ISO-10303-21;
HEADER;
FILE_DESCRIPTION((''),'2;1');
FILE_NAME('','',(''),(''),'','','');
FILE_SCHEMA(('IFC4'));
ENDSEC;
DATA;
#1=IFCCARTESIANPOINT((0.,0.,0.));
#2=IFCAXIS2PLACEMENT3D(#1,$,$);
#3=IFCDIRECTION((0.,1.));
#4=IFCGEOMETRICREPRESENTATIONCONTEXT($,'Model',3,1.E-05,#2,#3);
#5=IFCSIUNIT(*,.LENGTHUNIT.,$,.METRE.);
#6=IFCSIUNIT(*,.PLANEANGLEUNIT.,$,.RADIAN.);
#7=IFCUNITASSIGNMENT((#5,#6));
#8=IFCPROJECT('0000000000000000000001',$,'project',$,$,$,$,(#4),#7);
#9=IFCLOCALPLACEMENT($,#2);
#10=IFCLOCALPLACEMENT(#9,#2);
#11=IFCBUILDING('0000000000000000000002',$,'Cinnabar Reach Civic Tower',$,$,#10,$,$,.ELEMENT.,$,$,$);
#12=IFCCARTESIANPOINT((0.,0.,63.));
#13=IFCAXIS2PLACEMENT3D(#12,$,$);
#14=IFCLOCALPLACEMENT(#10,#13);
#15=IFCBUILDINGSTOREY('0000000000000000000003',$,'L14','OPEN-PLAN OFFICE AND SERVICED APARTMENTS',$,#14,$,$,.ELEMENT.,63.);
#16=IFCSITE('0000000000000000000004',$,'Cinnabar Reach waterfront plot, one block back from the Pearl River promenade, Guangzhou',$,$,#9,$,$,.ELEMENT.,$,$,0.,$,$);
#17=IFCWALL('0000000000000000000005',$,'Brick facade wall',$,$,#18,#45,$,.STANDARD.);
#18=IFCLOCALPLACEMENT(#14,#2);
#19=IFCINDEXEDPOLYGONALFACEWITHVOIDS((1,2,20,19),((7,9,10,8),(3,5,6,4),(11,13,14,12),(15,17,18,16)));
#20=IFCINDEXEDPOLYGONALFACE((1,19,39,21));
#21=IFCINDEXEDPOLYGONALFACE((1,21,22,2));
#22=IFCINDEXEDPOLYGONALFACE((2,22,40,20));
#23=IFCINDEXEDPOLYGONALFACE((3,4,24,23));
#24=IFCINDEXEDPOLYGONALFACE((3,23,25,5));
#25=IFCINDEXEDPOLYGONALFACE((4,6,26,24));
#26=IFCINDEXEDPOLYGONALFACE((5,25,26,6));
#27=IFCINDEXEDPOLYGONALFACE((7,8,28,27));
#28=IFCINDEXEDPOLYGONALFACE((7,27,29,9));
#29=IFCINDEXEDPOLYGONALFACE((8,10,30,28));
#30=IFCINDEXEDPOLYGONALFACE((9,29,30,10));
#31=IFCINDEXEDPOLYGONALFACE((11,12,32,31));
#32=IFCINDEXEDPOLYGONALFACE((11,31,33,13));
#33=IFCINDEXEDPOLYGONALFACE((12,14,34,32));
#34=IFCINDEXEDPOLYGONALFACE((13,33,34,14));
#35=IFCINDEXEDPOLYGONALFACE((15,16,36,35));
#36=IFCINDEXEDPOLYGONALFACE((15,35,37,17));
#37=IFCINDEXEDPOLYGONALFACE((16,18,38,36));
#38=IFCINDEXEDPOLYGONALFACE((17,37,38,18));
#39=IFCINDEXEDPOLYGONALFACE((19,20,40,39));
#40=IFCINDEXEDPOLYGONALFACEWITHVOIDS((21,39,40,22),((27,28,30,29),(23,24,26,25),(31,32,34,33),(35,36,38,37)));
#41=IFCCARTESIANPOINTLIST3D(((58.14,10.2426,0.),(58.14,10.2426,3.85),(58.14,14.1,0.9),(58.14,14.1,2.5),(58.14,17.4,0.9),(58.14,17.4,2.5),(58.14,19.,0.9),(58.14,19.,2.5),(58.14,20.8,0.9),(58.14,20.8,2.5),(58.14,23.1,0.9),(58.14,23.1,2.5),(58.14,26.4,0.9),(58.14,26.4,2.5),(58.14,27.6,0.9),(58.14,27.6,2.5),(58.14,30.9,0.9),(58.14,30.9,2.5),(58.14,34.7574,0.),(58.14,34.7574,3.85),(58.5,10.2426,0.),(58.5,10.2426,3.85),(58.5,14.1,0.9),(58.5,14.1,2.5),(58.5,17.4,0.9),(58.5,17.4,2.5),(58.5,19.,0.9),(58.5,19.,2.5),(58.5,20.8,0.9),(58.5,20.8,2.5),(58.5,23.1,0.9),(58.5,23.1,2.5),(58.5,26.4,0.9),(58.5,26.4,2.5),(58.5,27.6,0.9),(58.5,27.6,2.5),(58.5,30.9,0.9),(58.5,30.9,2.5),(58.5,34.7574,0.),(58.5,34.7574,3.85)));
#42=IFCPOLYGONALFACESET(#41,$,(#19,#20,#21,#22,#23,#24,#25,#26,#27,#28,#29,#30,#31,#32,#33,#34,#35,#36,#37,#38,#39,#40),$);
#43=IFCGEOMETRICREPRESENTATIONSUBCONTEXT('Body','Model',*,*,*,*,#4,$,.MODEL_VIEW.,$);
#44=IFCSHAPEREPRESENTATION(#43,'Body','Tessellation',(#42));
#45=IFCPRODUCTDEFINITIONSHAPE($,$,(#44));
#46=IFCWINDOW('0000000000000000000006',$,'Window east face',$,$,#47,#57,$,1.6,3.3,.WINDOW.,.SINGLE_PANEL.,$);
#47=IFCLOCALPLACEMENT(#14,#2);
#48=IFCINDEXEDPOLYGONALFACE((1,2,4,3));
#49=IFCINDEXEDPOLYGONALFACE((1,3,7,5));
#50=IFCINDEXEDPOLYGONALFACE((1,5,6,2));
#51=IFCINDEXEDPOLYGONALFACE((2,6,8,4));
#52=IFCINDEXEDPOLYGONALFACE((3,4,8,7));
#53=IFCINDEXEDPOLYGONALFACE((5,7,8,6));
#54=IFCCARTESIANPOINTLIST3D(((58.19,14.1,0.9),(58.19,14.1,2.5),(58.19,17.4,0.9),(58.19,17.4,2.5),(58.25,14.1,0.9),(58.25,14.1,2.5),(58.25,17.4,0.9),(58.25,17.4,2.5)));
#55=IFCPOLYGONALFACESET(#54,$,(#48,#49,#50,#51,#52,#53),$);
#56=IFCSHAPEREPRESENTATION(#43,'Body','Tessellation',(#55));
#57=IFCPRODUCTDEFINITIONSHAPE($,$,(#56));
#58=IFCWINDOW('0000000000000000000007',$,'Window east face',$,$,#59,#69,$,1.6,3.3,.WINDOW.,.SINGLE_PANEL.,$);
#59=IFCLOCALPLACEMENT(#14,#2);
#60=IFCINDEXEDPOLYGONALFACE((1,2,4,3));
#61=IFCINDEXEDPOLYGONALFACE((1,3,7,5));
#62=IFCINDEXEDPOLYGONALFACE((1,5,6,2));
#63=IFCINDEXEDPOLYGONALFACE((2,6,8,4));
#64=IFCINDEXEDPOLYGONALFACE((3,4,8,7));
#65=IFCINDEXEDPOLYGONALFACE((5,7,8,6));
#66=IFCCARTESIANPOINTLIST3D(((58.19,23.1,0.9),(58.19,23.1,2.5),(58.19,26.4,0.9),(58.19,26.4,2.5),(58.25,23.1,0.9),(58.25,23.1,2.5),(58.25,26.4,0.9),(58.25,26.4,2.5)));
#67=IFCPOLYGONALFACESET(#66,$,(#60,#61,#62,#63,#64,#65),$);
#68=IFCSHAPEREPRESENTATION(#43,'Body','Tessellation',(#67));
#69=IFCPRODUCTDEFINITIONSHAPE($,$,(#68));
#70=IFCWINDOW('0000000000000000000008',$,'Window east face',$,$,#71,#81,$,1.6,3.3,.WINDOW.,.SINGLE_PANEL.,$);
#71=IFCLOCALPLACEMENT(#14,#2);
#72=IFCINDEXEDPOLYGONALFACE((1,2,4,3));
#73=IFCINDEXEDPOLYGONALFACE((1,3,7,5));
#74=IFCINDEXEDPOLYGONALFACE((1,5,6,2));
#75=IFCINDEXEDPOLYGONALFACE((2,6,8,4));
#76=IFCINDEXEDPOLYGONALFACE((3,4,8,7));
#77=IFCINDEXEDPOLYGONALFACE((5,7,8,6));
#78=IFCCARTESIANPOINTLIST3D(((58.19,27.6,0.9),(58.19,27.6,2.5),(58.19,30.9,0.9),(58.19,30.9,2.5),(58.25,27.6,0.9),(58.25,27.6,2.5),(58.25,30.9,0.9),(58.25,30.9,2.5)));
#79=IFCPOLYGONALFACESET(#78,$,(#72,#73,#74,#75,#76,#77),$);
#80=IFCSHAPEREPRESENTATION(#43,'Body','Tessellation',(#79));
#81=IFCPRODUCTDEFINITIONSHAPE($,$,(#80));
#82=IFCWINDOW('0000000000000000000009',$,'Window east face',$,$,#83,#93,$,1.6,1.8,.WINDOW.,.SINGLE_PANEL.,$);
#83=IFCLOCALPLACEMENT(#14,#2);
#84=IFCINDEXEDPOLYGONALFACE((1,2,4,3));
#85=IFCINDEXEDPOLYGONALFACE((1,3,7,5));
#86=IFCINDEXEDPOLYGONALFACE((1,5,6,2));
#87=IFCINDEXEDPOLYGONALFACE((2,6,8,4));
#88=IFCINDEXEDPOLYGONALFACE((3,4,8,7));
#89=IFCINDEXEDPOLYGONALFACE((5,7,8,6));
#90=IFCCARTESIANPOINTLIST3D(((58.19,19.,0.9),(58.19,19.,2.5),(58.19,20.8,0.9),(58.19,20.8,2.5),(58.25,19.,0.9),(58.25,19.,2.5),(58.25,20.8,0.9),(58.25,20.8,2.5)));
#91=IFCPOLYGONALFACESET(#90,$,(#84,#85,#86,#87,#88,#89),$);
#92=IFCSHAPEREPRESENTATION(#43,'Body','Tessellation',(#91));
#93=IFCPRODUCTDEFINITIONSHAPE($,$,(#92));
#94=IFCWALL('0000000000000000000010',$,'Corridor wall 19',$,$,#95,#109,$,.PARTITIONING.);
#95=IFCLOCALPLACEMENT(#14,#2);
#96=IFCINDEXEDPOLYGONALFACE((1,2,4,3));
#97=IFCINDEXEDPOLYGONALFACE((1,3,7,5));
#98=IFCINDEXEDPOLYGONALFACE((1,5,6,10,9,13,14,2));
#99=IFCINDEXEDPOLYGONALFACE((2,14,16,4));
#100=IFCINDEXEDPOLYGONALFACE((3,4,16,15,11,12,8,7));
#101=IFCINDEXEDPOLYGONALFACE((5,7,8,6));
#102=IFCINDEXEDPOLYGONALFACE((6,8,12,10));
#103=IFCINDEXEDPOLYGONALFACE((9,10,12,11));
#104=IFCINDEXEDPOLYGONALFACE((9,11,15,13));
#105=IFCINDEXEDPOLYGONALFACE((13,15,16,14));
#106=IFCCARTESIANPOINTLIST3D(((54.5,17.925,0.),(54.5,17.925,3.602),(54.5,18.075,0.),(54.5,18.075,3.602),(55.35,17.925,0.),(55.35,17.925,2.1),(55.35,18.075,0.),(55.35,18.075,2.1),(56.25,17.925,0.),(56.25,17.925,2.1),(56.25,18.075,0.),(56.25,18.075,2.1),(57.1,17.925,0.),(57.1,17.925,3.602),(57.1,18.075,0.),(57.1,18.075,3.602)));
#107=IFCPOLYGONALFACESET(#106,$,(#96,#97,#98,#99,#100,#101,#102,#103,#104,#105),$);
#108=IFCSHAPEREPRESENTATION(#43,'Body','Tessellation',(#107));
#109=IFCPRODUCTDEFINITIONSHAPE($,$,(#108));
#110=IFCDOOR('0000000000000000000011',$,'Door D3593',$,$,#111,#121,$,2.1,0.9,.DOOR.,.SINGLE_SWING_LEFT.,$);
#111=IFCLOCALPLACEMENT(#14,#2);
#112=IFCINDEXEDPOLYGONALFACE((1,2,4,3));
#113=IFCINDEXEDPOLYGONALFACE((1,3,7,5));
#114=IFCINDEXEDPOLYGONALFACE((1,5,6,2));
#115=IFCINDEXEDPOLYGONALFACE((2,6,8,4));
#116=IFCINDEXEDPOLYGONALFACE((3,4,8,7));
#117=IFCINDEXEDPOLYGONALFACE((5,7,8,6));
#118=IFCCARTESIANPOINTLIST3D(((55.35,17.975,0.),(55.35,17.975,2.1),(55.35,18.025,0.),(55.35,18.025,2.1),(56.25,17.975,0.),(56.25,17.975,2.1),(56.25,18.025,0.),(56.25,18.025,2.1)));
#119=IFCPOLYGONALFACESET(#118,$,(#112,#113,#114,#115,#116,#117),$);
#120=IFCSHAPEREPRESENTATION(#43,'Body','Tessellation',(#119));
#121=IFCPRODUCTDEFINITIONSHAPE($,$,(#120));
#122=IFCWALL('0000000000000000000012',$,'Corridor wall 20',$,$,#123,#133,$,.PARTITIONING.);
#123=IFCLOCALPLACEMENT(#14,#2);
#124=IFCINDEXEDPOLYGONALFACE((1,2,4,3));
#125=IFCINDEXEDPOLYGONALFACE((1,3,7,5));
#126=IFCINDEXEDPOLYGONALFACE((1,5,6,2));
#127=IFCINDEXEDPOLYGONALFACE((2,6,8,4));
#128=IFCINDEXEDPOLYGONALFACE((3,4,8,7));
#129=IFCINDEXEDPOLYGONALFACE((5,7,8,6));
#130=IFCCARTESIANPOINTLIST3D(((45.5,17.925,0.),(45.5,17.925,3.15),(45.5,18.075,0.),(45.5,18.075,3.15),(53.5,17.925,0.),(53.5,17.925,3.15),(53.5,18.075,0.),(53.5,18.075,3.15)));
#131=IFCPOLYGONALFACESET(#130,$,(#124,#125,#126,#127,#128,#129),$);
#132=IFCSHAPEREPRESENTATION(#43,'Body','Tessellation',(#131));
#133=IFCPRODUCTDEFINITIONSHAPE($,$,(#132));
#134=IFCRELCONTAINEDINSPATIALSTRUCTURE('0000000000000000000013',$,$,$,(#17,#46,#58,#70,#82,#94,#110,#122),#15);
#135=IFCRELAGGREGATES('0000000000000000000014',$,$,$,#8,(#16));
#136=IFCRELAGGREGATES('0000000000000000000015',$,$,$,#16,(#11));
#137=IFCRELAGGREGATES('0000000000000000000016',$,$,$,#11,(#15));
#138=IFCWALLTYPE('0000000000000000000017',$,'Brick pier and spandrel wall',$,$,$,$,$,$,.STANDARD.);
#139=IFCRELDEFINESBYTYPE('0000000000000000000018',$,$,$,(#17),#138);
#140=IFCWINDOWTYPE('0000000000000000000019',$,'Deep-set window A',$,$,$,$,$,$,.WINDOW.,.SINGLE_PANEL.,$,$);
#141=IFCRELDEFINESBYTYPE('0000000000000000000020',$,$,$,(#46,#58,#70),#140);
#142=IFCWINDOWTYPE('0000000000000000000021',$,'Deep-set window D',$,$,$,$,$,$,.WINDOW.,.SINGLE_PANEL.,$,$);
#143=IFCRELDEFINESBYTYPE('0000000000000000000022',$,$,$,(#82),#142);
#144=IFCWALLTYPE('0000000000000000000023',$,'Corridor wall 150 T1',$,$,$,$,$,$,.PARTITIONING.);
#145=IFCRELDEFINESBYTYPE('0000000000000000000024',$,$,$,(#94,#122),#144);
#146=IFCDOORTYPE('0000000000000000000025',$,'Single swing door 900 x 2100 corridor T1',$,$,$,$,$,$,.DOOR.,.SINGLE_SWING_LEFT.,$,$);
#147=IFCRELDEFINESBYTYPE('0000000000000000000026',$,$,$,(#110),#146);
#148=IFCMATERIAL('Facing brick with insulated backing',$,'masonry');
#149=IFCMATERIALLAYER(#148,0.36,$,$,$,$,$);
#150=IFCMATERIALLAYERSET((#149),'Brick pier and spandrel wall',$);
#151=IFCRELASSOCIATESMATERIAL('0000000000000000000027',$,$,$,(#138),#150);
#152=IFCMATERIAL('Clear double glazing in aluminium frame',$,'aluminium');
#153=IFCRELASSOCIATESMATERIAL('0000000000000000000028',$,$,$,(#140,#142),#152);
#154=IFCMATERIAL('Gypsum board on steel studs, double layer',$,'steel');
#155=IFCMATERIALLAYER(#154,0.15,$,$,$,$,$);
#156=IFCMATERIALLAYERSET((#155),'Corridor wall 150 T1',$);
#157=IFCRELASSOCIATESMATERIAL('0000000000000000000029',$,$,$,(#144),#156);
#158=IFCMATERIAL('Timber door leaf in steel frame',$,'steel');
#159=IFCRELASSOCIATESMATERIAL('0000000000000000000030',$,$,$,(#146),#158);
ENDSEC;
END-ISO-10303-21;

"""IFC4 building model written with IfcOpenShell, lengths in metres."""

from ifc_helpers import new_model, si_unit, direction, frame, frame_2d, origin, place, context, subcontext, project, spatial, rectangle, extrude, material, layer, layer_set, type_object, element, fill, save


model = new_model("IFC4")

# Units and contexts
model_context = context("Model", 3, precision=1e-05, world=origin(), true_north=direction((0.0, 1.0)))
body_context = subcontext(model_context, "Body", "Model", "MODEL_VIEW")
ifc_project = project(units=[si_unit("LENGTHUNIT", "METRE"), si_unit("PLANEANGLEUNIT", "RADIAN")], contexts=[model_context])

# Site, building, storey
site_placement = place(None, origin())
site = spatial("IfcSite", under=ifc_project, at=site_placement, Name="Cinnabar Reach waterfront plot, one block back from the Pearl River promenade, Guangzhou", CompositionType="ELEMENT", RefElevation=0.0)
building_placement = place(site_placement, origin())
building = spatial("IfcBuilding", under=site, at=building_placement, Name="Cinnabar Reach Civic Tower", CompositionType="ELEMENT")
storey_placement = place(building_placement, frame((0.0, 0.0, 63.0)))
storey = spatial("IfcBuildingStorey", under=building, at=storey_placement, Name="L14", Description="OPEN-PLAN OFFICE AND SERVICED APARTMENTS", CompositionType="ELEMENT", Elevation=63.0)

# Shared definitions
ifc_material_1 = material(Name="Facing brick with insulated backing", Category="masonry")

# Wall, openings, windows
ifc_layer_1 = layer(ifc_material_1, 0.36)
ifc_layer_set_1 = layer_set([ifc_layer_1], Name="Brick pier and spandrel wall")
wall_type_1 = type_object("IfcWallType", Name="Brick pier and spandrel wall", PredefinedType="STANDARD", material=ifc_layer_set_1)
wall_1_placement = place(storey_placement, frame((58.32, 10.2426, 0.0), z_axis=(0.0, 0.0, 1.0), x_axis=(0.0, 1.0, 0.0)))
wall_1 = element("IfcWall", 1, at=wall_1_placement, inside=storey, type_object=wall_type_1, Name="Brick facade wall", PredefinedType="STANDARD", context=body_context, shape_type="SweptSolid", body=[
    extrude(rectangle(XDim=24.5148, YDim=0.36, at=frame_2d((12.2574, 0.0))), origin(), (0.0, 0.0, 1.0), 3.85),
])
opening_1_placement = place(wall_1_placement, frame((3.8574, 0.0, 0.9)))
opening_1 = element("IfcOpeningElement", 2, at=opening_1_placement, cuts=wall_1, PredefinedType="OPENING", context=body_context, shape_type="SweptSolid", body=[
    extrude(rectangle(XDim=3.3, YDim=1.6, at=frame_2d((1.65, 0.8))), frame((0.0, 0.19, 0.0), z_axis=(0.0, -1.0, 0.0), x_axis=(1.0, 0.0, 0.0)), (0.0, 0.0, 1.0), 0.38),
])
opening_2_placement = place(wall_1_placement, frame((8.7574, 0.0, 0.9)))
opening_2 = element("IfcOpeningElement", 3, at=opening_2_placement, cuts=wall_1, PredefinedType="OPENING", context=body_context, shape_type="SweptSolid", body=[
    extrude(rectangle(XDim=1.8, YDim=1.6, at=frame_2d((0.9, 0.8))), frame((0.0, 0.19, 0.0), z_axis=(0.0, -1.0, 0.0), x_axis=(1.0, 0.0, 0.0)), (0.0, 0.0, 1.0), 0.38),
])
opening_3_placement = place(wall_1_placement, frame((12.8574, 0.0, 0.9)))
opening_3 = element("IfcOpeningElement", 4, at=opening_3_placement, cuts=wall_1, PredefinedType="OPENING", context=body_context, shape_type="SweptSolid", body=[
    extrude(rectangle(XDim=3.3, YDim=1.6, at=frame_2d((1.65, 0.8))), frame((0.0, 0.19, 0.0), z_axis=(0.0, -1.0, 0.0), x_axis=(1.0, 0.0, 0.0)), (0.0, 0.0, 1.0), 0.38),
])
opening_4_placement = place(wall_1_placement, frame((17.3574, 0.0, 0.9)))
opening_4 = element("IfcOpeningElement", 5, at=opening_4_placement, cuts=wall_1, PredefinedType="OPENING", context=body_context, shape_type="SweptSolid", body=[
    extrude(rectangle(XDim=3.3, YDim=1.6, at=frame_2d((1.65, 0.8))), frame((0.0, 0.19, 0.0), z_axis=(0.0, -1.0, 0.0), x_axis=(1.0, 0.0, 0.0)), (0.0, 0.0, 1.0), 0.38),
])
ifc_material_2 = material(Name="Clear double glazing in aluminium frame", Category="aluminium")
window_type_1 = type_object("IfcWindowType", Name="Deep-set window A", PartitioningType="SINGLE_PANEL", PredefinedType="WINDOW", material=ifc_material_2)
window_1_placement = place(opening_1_placement, origin())
window_1 = element("IfcWindow", 6, at=window_1_placement, inside=storey, type_object=window_type_1, Name="Window east face", OverallHeight=1.6, OverallWidth=3.3, PartitioningType="SINGLE_PANEL", PredefinedType="WINDOW", context=body_context, shape_type="SweptSolid", body=[
    extrude(rectangle(XDim=3.3, YDim=1.6, at=frame_2d((1.65, 0.8))), frame((0.0, 0.13, 0.0), z_axis=(0.0, -1.0, 0.0), x_axis=(1.0, 0.0, 0.0)), (0.0, 0.0, 1.0), 0.06),
])
fill(opening_1, window_1)
window_2_placement = place(opening_3_placement, origin())
window_2 = element("IfcWindow", 7, at=window_2_placement, inside=storey, type_object=window_type_1, Name="Window east face", OverallHeight=1.6, OverallWidth=3.3, PartitioningType="SINGLE_PANEL", PredefinedType="WINDOW", context=body_context, shape_type="SweptSolid", body=[
    extrude(rectangle(XDim=3.3, YDim=1.6, at=frame_2d((1.65, 0.8))), frame((0.0, 0.13, 0.0), z_axis=(0.0, -1.0, 0.0), x_axis=(1.0, 0.0, 0.0)), (0.0, 0.0, 1.0), 0.06),
])
fill(opening_3, window_2)
window_3_placement = place(opening_4_placement, origin())
window_3 = element("IfcWindow", 8, at=window_3_placement, inside=storey, type_object=window_type_1, Name="Window east face", OverallHeight=1.6, OverallWidth=3.3, PartitioningType="SINGLE_PANEL", PredefinedType="WINDOW", context=body_context, shape_type="SweptSolid", body=[
    extrude(rectangle(XDim=3.3, YDim=1.6, at=frame_2d((1.65, 0.8))), frame((0.0, 0.13, 0.0), z_axis=(0.0, -1.0, 0.0), x_axis=(1.0, 0.0, 0.0)), (0.0, 0.0, 1.0), 0.06),
])
fill(opening_4, window_3)
window_type_2 = type_object("IfcWindowType", Name="Deep-set window D", PartitioningType="SINGLE_PANEL", PredefinedType="WINDOW", material=ifc_material_2)
window_4_placement = place(opening_2_placement, origin())
window_4 = element("IfcWindow", 9, at=window_4_placement, inside=storey, type_object=window_type_2, Name="Window east face", OverallHeight=1.6, OverallWidth=1.8, PartitioningType="SINGLE_PANEL", PredefinedType="WINDOW", context=body_context, shape_type="SweptSolid", body=[
    extrude(rectangle(XDim=1.8, YDim=1.6, at=frame_2d((0.9, 0.8))), frame((0.0, 0.13, 0.0), z_axis=(0.0, -1.0, 0.0), x_axis=(1.0, 0.0, 0.0)), (0.0, 0.0, 1.0), 0.06),
])
fill(opening_2, window_4)

# Wall, opening, door
ifc_material_3 = material(Name="Gypsum board on steel studs, double layer", Category="steel")
ifc_layer_2 = layer(ifc_material_3, 0.15)
ifc_layer_set_2 = layer_set([ifc_layer_2], Name="Corridor wall 150 T1")
wall_type_2 = type_object("IfcWallType", Name="Corridor wall 150 T1", PredefinedType="PARTITIONING", material=ifc_layer_set_2)
wall_2_placement = place(storey_placement, frame((54.5, 18.0, 0.0), z_axis=(0.0, 0.0, 1.0), x_axis=(1.0, 0.0, 0.0)))
wall_2 = element("IfcWall", 10, at=wall_2_placement, inside=storey, type_object=wall_type_2, Name="Corridor wall 19", PredefinedType="PARTITIONING", context=body_context, shape_type="SweptSolid", body=[
    extrude(rectangle(XDim=2.6, YDim=0.15, at=frame_2d((1.3, 0.0))), origin(), (0.0, 0.0, 1.0), 3.602),
])
opening_5_placement = place(wall_2_placement, frame((0.85, 0.0, 0.0)))
opening_5 = element("IfcOpeningElement", 11, at=opening_5_placement, cuts=wall_2, PredefinedType="OPENING", context=body_context, shape_type="SweptSolid", body=[
    extrude(rectangle(XDim=0.9, YDim=2.1, at=frame_2d((0.45, 1.05))), frame((0.0, 0.085, 0.0), z_axis=(0.0, -1.0, 0.0), x_axis=(1.0, 0.0, 0.0)), (0.0, 0.0, 1.0), 0.17),
])
ifc_material_4 = material(Name="Timber door leaf in steel frame", Category="steel")
door_type = type_object("IfcDoorType", Name="Single swing door 900 x 2100 corridor T1", OperationType="SINGLE_SWING_LEFT", PredefinedType="DOOR", material=ifc_material_4)
door_placement = place(opening_5_placement, frame((0.9, 0.0, 0.0), z_axis=(0.0, 0.0, 1.0), x_axis=(-1.0, 0.0, 0.0)))
door = element("IfcDoor", 12, at=door_placement, inside=storey, type_object=door_type, Name="Door D3593", OperationType="SINGLE_SWING_LEFT", OverallHeight=2.1, OverallWidth=0.9, PredefinedType="DOOR", context=body_context, shape_type="SweptSolid", body=[
    extrude(rectangle(XDim=0.9, YDim=2.1, at=frame_2d((0.45, 1.05))), frame((0.0, 0.025, 0.0), z_axis=(0.0, -1.0, 0.0), x_axis=(1.0, 0.0, 0.0)), (0.0, 0.0, 1.0), 0.05),
])
fill(opening_5, door)

# Wall
wall_3_placement = place(storey_placement, frame((45.5, 18.0, 0.0), z_axis=(0.0, 0.0, 1.0), x_axis=(1.0, 0.0, 0.0)))
element("IfcWall", 13, at=wall_3_placement, inside=storey, type_object=wall_type_2, Name="Corridor wall 20", PredefinedType="PARTITIONING", context=body_context, shape_type="SweptSolid", body=[
    extrude(rectangle(XDim=8.0, YDim=0.15, at=frame_2d((4.0, 0.0))), origin(), (0.0, 0.0, 1.0), 3.15),
])

save(model, "model.ifc")
